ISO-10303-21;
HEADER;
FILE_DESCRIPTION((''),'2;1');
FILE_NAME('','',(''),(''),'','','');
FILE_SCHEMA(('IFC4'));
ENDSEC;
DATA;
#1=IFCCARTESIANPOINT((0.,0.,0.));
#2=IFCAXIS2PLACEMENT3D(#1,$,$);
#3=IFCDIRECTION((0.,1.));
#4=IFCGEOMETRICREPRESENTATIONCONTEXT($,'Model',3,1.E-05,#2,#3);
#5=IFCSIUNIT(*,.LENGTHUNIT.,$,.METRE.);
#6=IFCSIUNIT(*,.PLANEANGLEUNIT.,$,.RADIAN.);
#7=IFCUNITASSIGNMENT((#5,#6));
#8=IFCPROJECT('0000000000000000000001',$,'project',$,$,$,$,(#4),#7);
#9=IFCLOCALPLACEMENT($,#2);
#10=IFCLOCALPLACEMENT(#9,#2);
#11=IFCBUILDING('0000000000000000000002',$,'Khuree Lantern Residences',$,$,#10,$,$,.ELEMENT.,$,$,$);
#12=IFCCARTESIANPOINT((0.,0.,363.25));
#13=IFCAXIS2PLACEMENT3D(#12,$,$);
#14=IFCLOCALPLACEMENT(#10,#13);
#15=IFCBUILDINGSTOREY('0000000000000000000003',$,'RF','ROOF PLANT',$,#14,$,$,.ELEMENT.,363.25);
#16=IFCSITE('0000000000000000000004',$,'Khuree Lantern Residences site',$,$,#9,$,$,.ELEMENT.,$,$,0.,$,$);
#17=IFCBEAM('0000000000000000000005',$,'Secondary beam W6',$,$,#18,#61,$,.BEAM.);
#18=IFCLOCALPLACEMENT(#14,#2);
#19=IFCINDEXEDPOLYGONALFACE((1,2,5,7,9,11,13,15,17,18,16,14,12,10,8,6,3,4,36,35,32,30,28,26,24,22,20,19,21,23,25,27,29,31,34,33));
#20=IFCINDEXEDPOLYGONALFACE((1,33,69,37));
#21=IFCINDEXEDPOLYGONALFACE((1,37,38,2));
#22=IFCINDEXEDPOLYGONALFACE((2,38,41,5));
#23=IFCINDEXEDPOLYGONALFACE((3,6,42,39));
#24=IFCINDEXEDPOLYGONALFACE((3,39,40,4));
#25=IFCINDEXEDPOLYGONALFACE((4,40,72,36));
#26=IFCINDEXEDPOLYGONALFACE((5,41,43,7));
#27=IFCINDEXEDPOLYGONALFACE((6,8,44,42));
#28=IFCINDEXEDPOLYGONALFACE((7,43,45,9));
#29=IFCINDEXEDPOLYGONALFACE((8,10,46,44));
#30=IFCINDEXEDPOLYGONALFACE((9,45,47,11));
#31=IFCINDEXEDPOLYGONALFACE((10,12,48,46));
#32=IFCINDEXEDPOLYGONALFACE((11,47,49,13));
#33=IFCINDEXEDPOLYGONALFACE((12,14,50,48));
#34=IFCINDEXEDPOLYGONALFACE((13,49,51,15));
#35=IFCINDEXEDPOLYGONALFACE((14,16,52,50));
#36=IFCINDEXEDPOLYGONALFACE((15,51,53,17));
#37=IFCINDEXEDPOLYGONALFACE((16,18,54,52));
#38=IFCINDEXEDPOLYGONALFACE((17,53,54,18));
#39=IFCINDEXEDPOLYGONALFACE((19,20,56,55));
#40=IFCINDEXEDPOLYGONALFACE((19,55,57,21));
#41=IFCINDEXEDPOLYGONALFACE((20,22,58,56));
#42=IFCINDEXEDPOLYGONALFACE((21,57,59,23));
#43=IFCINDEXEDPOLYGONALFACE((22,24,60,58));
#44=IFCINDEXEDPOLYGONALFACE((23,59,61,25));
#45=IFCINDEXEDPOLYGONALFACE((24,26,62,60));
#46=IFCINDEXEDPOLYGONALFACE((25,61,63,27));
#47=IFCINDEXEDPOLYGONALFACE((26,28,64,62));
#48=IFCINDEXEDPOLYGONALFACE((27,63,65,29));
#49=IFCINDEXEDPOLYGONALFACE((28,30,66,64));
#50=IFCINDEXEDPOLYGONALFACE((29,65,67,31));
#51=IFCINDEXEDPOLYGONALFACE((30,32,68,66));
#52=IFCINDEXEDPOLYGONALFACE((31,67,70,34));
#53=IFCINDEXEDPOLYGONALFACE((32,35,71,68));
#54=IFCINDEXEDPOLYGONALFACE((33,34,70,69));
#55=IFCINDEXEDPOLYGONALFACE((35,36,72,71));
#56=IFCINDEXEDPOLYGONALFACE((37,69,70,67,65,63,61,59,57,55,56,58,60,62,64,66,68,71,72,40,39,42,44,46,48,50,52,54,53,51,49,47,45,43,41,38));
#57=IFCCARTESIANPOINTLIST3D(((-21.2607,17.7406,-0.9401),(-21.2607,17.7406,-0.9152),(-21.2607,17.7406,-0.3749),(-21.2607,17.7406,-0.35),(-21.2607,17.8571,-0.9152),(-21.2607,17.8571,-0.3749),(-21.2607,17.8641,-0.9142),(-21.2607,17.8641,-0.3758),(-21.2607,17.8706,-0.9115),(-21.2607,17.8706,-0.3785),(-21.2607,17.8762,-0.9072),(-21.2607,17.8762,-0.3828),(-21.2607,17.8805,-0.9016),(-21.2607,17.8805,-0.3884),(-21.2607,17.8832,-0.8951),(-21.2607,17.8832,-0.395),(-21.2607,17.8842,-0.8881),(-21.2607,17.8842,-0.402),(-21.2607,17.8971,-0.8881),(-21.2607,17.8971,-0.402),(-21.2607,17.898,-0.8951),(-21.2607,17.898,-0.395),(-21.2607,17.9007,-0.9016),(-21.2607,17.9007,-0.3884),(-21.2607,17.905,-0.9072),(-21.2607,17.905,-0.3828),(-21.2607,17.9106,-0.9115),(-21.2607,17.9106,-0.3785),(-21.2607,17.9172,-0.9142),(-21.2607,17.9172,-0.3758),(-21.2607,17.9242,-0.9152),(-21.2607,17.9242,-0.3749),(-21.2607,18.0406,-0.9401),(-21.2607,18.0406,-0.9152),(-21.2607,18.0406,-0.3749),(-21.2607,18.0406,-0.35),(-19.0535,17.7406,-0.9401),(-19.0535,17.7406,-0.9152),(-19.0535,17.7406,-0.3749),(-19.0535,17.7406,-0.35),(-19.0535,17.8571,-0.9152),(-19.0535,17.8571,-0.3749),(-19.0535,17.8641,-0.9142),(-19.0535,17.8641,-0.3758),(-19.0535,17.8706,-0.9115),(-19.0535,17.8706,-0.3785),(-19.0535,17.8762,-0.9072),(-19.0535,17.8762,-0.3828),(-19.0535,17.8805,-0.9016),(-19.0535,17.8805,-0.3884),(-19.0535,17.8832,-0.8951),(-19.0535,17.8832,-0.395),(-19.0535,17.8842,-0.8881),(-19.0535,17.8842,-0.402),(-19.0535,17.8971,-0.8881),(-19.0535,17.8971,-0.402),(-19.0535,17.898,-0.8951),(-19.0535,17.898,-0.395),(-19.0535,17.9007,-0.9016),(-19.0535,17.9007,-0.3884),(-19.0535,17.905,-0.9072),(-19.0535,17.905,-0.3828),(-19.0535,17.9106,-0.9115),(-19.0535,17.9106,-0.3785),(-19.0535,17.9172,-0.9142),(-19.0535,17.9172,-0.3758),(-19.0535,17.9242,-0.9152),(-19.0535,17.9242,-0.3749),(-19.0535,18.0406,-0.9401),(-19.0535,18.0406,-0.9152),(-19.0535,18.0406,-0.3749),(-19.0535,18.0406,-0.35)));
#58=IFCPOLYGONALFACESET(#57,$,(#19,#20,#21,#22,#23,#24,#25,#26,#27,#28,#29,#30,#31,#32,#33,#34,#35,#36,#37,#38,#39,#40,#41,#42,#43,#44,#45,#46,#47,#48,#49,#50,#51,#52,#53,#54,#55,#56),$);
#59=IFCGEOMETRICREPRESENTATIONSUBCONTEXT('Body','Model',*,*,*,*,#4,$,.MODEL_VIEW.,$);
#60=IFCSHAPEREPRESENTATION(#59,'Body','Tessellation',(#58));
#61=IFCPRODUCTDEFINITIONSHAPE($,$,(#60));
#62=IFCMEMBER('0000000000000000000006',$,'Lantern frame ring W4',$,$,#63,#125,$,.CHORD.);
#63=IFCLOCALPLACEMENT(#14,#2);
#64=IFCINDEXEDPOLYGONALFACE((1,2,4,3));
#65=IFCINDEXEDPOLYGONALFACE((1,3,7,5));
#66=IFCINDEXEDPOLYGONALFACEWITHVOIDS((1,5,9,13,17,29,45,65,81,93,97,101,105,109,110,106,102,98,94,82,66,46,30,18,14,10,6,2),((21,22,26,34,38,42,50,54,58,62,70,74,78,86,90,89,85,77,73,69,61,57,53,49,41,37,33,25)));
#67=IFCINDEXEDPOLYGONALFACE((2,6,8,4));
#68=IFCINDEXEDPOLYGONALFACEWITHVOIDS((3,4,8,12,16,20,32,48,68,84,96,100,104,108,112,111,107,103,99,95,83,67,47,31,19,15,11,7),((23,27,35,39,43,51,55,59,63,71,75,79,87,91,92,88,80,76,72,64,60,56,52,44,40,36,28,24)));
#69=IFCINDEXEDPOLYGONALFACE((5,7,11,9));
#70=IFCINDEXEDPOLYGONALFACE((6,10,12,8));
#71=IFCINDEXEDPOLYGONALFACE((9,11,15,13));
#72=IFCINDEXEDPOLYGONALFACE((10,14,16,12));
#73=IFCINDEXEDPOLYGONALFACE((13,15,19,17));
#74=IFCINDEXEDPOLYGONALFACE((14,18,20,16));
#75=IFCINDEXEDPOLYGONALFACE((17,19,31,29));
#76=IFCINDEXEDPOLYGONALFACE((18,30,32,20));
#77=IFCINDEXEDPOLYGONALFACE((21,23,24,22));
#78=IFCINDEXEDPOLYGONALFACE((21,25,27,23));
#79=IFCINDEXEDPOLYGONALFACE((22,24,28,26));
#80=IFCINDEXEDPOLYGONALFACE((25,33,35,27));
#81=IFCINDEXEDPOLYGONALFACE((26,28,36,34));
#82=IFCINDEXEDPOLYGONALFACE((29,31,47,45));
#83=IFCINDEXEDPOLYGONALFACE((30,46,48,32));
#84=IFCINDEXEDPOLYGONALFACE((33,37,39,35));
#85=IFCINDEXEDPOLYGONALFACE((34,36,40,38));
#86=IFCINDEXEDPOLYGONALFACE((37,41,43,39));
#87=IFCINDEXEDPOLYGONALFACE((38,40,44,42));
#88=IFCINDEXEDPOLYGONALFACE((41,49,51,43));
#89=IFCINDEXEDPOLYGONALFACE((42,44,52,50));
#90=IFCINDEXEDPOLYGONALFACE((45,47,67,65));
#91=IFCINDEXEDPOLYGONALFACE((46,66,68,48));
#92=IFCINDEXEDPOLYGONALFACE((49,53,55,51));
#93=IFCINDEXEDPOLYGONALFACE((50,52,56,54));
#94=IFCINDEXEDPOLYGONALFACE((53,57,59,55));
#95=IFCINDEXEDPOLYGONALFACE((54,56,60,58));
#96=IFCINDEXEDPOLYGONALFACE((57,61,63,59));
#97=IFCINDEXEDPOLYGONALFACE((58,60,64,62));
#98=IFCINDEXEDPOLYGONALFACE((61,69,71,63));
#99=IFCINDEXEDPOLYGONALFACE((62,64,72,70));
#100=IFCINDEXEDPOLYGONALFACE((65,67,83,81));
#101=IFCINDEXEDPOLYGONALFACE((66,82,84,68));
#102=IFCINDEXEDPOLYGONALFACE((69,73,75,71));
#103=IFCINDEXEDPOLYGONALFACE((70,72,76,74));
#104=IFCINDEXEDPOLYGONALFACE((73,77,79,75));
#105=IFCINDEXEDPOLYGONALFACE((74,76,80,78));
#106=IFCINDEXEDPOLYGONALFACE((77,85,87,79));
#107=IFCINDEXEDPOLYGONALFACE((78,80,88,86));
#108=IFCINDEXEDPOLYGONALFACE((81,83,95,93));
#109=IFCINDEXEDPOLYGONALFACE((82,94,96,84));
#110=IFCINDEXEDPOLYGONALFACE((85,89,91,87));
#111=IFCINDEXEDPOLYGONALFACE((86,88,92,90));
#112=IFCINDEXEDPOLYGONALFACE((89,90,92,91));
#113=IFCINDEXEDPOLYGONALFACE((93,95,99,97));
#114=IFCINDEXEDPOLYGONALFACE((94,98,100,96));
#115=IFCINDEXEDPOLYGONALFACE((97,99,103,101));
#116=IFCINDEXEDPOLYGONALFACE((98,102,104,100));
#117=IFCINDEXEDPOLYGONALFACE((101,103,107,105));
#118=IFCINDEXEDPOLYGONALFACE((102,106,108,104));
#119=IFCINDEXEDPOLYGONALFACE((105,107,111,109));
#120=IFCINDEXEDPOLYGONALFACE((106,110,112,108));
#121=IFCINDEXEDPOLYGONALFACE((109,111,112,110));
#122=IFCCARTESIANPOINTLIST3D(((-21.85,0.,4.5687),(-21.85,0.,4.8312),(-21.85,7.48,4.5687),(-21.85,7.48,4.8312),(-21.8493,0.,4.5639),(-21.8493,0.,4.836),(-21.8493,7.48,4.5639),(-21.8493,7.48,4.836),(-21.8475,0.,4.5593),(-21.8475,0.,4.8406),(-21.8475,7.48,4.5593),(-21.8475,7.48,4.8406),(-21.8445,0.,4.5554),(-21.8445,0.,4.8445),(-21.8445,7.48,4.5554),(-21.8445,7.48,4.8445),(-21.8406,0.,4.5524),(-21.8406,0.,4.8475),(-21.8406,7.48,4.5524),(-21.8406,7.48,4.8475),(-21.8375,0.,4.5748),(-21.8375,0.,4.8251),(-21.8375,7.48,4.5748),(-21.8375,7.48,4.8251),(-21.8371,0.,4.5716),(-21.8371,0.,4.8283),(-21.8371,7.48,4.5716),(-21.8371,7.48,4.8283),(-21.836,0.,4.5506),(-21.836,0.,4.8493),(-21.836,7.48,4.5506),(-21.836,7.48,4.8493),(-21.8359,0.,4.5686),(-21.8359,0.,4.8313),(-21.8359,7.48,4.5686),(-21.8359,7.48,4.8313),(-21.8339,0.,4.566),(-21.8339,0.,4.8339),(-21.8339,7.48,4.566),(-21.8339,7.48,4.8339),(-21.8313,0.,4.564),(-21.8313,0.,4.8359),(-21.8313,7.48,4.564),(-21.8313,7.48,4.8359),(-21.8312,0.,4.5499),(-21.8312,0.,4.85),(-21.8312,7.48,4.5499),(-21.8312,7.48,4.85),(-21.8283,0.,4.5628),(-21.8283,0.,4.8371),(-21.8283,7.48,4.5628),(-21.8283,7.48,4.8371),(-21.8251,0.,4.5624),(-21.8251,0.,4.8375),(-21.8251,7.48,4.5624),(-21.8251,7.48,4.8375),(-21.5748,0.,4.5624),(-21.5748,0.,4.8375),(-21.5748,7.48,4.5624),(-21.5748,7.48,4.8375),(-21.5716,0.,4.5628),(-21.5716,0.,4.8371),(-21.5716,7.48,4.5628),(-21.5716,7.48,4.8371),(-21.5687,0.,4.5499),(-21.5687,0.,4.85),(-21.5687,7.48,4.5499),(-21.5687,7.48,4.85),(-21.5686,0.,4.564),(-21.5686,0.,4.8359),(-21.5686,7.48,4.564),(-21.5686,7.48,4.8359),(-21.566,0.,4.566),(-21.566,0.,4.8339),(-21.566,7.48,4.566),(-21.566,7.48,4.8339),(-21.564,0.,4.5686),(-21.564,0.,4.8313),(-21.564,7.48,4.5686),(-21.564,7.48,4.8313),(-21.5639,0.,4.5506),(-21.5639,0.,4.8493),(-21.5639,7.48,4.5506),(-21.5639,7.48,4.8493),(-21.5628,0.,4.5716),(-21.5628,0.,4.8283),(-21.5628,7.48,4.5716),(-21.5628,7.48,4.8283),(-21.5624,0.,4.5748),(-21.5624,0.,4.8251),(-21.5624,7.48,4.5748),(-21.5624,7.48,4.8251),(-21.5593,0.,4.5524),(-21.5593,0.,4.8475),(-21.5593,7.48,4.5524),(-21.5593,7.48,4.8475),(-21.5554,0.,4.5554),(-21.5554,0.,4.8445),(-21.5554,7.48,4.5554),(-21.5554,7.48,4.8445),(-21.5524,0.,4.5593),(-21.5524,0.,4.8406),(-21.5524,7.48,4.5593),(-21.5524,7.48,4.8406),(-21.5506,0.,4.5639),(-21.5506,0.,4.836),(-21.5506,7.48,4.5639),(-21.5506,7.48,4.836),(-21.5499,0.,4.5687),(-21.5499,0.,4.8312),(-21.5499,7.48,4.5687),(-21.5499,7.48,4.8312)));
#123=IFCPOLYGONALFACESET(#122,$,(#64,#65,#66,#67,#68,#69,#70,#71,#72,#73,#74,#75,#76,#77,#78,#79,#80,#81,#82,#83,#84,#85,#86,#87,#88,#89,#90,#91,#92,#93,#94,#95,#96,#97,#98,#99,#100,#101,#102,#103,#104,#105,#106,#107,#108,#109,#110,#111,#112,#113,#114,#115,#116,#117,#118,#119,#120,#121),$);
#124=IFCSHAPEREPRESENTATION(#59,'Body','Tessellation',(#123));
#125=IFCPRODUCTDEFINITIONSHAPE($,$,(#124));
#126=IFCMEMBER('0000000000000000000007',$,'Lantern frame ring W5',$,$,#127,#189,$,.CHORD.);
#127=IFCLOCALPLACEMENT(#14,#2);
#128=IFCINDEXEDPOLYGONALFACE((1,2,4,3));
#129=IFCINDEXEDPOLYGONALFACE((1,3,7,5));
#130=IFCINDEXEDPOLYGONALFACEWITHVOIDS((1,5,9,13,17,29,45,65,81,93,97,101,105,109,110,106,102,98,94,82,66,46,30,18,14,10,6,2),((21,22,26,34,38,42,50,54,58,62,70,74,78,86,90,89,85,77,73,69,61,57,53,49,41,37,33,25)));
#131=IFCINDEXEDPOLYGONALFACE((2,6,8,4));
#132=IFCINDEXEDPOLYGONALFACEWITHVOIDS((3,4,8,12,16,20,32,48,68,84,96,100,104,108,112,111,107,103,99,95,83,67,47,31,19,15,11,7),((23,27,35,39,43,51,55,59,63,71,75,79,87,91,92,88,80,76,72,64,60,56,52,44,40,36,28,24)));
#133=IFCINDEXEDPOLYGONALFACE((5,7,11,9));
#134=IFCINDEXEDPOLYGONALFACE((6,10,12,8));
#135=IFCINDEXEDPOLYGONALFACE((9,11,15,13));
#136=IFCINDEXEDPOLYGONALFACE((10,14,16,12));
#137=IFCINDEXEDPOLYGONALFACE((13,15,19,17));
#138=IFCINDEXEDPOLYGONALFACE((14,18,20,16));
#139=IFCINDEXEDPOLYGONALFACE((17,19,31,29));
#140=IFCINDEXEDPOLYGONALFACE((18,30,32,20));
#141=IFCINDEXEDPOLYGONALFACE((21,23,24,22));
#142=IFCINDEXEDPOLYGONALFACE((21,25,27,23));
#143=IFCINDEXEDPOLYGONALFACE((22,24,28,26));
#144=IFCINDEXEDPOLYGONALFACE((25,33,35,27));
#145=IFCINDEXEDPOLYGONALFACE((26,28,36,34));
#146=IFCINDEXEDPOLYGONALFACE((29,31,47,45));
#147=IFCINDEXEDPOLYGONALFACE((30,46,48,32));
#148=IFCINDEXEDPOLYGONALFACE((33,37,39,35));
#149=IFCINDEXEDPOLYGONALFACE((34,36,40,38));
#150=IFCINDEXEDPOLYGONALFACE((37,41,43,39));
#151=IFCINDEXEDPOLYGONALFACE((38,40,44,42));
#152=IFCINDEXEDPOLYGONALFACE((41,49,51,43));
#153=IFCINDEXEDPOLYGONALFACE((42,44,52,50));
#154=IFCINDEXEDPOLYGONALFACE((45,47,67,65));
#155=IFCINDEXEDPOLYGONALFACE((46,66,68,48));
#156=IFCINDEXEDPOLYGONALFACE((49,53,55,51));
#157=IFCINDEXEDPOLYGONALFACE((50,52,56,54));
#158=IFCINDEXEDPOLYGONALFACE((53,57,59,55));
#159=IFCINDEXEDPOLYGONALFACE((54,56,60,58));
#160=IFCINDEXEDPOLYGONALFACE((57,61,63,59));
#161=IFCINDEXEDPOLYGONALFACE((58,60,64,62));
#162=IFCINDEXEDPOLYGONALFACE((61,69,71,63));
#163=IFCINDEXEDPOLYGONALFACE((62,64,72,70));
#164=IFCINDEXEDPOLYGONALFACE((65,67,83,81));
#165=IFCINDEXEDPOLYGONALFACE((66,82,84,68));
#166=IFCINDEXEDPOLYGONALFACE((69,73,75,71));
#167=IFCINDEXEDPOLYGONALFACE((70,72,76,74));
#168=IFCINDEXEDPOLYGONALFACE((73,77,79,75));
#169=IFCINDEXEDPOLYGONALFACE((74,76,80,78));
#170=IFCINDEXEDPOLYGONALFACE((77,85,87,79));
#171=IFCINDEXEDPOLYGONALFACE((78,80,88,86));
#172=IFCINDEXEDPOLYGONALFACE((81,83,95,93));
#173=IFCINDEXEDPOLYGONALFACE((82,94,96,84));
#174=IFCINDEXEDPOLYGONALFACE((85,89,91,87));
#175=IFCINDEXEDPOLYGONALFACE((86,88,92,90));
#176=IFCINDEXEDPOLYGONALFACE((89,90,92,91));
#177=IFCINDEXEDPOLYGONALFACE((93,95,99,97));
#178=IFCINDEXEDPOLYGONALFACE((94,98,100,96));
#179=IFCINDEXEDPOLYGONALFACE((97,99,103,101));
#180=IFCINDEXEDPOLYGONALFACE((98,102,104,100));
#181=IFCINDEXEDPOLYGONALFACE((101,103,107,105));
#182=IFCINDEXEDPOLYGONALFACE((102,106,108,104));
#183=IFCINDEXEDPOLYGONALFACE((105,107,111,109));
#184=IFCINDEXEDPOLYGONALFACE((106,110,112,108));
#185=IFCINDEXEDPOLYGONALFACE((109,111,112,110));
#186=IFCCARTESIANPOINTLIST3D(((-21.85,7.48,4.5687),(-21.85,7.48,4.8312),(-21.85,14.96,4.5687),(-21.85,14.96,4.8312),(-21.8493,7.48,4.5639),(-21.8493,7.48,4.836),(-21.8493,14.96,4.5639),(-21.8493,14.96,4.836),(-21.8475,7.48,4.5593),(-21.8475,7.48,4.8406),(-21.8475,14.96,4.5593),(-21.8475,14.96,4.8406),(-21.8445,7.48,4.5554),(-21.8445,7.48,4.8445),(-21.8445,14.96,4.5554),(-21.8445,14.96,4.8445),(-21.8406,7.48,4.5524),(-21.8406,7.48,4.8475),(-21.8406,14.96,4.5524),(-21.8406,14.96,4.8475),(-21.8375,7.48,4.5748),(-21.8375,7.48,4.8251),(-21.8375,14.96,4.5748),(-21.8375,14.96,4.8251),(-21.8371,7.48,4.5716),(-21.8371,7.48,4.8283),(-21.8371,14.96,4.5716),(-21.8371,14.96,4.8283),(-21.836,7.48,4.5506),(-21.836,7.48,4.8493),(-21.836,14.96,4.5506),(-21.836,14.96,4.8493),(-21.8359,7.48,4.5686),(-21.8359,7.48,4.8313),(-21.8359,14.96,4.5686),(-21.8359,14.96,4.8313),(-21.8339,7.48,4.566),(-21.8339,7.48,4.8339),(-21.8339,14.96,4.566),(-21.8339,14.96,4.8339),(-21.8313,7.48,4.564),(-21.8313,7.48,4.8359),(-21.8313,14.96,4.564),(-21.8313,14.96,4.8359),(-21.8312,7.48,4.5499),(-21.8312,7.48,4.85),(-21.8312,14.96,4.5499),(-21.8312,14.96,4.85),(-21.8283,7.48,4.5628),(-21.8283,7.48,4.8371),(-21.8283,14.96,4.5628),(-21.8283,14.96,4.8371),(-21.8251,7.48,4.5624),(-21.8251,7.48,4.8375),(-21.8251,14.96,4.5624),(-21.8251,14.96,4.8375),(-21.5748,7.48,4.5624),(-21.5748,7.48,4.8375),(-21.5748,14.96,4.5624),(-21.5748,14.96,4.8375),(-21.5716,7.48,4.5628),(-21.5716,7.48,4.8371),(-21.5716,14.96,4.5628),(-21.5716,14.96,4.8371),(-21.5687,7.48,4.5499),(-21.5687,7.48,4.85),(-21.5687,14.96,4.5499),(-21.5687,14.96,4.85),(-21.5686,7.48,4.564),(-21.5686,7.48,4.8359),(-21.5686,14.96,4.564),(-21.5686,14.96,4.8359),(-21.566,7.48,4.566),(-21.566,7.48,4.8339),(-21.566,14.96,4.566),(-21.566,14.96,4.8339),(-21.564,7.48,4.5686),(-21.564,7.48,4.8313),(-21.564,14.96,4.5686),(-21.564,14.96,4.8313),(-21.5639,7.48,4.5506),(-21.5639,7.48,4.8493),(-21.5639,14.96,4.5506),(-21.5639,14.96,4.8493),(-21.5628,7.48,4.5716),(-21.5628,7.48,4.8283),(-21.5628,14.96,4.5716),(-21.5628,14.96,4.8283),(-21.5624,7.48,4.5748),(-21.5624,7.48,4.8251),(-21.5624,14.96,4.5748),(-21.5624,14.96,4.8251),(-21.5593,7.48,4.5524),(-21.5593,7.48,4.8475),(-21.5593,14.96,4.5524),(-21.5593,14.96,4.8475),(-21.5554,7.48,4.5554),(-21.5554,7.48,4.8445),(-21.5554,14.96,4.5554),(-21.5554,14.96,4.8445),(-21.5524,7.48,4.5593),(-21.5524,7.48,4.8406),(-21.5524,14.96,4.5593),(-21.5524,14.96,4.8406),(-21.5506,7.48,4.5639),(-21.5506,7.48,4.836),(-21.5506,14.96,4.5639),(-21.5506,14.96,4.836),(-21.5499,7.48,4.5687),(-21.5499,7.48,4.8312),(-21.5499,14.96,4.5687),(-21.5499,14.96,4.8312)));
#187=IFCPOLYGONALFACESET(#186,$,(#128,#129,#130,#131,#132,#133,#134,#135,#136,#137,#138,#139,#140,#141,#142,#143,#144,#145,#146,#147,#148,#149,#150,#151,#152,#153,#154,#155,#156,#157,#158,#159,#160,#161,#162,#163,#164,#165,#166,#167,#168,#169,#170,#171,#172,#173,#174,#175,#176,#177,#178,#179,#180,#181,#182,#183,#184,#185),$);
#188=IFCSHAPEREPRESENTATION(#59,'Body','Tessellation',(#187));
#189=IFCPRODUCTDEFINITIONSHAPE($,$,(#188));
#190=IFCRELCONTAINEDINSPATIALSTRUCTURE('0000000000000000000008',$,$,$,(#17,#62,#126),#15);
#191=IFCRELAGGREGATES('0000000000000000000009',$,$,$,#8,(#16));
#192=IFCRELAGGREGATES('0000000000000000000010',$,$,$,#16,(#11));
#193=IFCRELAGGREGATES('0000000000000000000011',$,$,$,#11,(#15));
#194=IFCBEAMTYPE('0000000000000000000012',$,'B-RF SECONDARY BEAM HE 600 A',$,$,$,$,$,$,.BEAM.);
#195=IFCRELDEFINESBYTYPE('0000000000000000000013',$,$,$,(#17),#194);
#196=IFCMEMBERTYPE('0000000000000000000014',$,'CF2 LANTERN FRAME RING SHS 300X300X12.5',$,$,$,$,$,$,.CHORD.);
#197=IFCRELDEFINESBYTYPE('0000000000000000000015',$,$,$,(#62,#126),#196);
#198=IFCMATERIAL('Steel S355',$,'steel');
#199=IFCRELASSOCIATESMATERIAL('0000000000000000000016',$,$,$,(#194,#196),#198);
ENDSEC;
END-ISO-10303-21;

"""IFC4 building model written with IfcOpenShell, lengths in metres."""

from ifc_helpers import new_model, si_unit, direction, frame, origin, origin_2d, place, context, subcontext, project, spatial, hollow_rectangle, i_section, extrude, material, material_profile, profile_set, type_object, element, save


model = new_model("IFC4")

# Units and contexts
model_context = context("Model", 3, precision=1e-05, world=origin(), true_north=direction((0.0, 1.0)))
body_context = subcontext(model_context, "Body", "Model", "MODEL_VIEW")
ifc_project = project(units=[si_unit("LENGTHUNIT", "METRE"), si_unit("PLANEANGLEUNIT", "RADIAN")], contexts=[model_context])

# Site, building, storey
site_placement = place(None, origin())
site = spatial("IfcSite", under=ifc_project, at=site_placement, Name="Khuree Lantern Residences site", CompositionType="ELEMENT", RefElevation=0.0)
building_placement = place(site_placement, origin())
building = spatial("IfcBuilding", under=site, at=building_placement, Name="Khuree Lantern Residences", CompositionType="ELEMENT")
storey_placement = place(building_placement, frame((0.0, 0.0, 363.25)))
storey = spatial("IfcBuildingStorey", under=building, at=storey_placement, Name="RF", Description="ROOF PLANT", CompositionType="ELEMENT", Elevation=363.25)

# Shared definitions
ifc_material_1 = material(Name="Steel S355", Category="steel")

# Beam
ifc_material_profile_1 = material_profile(ifc_material_1, i_section(OverallWidth=0.3, OverallDepth=0.5901, WebThickness=0.0129, FlangeThickness=0.0249, FilletRadius=0.0271, at=origin_2d()), Name="HE 600 A")
ifc_profile_set_1 = profile_set([ifc_material_profile_1], Name="Steel S355")
beam_type_1 = type_object("IfcBeamType", Name="B-RF SECONDARY BEAM HE 600 A", PredefinedType="BEAM", material=ifc_profile_set_1)
beam_1_placement = place(storey_placement, frame((-21.2607, 17.8906, -0.645), z_axis=(1.0, 0.0, 0.0), x_axis=(0.0, 1.0, 0.0)))
element("IfcBeam", 1, at=beam_1_placement, inside=storey, type_object=beam_type_1, Name="Secondary beam W6", PredefinedType="BEAM", context=body_context, shape_type="SweptSolid", body=[
    extrude(i_section(OverallWidth=0.3, OverallDepth=0.5901, WebThickness=0.0129, FlangeThickness=0.0249, FilletRadius=0.0271, at=origin_2d()), origin(), (0.0, 0.0, 1.0), 2.2073),
])

# Members
ifc_material_profile_2 = material_profile(ifc_material_1, hollow_rectangle(XDim=0.3, YDim=0.3, WallThickness=0.0125, InnerFilletRadius=0.0125, OuterFilletRadius=0.0188, at=origin_2d()), Name="SHS 300X300X12.5")
ifc_profile_set_2 = profile_set([ifc_material_profile_2], Name="Steel S355")
member_type_1 = type_object("IfcMemberType", Name="CF2 LANTERN FRAME RING SHS 300X300X12.5", PredefinedType="CHORD", material=ifc_profile_set_2)
for number, where, z_axis, x_axis, name in (
    (2, (-21.7, 0.0, 4.7), (0.0, 1.0, 0.0), (-1.0, 0.0, 0.0), "Lantern frame ring W4"),
    (3, (-21.7, 7.48, 4.7), (0.0, 1.0, 0.0), (-1.0, 0.0, 0.0), "Lantern frame ring W5"),
):
    element("IfcMember", number, at=place(storey_placement, frame(where, z_axis=z_axis, x_axis=x_axis)), inside=storey, type_object=member_type_1, Name=name, PredefinedType="CHORD", context=body_context, shape_type="SweptSolid", body=[
        extrude(hollow_rectangle(XDim=0.3, YDim=0.3, WallThickness=0.0125, InnerFilletRadius=0.0125, OuterFilletRadius=0.0188, at=origin_2d()), origin(), (0.0, 0.0, 1.0), 7.48),
    ])

save(model, "model.ifc")
